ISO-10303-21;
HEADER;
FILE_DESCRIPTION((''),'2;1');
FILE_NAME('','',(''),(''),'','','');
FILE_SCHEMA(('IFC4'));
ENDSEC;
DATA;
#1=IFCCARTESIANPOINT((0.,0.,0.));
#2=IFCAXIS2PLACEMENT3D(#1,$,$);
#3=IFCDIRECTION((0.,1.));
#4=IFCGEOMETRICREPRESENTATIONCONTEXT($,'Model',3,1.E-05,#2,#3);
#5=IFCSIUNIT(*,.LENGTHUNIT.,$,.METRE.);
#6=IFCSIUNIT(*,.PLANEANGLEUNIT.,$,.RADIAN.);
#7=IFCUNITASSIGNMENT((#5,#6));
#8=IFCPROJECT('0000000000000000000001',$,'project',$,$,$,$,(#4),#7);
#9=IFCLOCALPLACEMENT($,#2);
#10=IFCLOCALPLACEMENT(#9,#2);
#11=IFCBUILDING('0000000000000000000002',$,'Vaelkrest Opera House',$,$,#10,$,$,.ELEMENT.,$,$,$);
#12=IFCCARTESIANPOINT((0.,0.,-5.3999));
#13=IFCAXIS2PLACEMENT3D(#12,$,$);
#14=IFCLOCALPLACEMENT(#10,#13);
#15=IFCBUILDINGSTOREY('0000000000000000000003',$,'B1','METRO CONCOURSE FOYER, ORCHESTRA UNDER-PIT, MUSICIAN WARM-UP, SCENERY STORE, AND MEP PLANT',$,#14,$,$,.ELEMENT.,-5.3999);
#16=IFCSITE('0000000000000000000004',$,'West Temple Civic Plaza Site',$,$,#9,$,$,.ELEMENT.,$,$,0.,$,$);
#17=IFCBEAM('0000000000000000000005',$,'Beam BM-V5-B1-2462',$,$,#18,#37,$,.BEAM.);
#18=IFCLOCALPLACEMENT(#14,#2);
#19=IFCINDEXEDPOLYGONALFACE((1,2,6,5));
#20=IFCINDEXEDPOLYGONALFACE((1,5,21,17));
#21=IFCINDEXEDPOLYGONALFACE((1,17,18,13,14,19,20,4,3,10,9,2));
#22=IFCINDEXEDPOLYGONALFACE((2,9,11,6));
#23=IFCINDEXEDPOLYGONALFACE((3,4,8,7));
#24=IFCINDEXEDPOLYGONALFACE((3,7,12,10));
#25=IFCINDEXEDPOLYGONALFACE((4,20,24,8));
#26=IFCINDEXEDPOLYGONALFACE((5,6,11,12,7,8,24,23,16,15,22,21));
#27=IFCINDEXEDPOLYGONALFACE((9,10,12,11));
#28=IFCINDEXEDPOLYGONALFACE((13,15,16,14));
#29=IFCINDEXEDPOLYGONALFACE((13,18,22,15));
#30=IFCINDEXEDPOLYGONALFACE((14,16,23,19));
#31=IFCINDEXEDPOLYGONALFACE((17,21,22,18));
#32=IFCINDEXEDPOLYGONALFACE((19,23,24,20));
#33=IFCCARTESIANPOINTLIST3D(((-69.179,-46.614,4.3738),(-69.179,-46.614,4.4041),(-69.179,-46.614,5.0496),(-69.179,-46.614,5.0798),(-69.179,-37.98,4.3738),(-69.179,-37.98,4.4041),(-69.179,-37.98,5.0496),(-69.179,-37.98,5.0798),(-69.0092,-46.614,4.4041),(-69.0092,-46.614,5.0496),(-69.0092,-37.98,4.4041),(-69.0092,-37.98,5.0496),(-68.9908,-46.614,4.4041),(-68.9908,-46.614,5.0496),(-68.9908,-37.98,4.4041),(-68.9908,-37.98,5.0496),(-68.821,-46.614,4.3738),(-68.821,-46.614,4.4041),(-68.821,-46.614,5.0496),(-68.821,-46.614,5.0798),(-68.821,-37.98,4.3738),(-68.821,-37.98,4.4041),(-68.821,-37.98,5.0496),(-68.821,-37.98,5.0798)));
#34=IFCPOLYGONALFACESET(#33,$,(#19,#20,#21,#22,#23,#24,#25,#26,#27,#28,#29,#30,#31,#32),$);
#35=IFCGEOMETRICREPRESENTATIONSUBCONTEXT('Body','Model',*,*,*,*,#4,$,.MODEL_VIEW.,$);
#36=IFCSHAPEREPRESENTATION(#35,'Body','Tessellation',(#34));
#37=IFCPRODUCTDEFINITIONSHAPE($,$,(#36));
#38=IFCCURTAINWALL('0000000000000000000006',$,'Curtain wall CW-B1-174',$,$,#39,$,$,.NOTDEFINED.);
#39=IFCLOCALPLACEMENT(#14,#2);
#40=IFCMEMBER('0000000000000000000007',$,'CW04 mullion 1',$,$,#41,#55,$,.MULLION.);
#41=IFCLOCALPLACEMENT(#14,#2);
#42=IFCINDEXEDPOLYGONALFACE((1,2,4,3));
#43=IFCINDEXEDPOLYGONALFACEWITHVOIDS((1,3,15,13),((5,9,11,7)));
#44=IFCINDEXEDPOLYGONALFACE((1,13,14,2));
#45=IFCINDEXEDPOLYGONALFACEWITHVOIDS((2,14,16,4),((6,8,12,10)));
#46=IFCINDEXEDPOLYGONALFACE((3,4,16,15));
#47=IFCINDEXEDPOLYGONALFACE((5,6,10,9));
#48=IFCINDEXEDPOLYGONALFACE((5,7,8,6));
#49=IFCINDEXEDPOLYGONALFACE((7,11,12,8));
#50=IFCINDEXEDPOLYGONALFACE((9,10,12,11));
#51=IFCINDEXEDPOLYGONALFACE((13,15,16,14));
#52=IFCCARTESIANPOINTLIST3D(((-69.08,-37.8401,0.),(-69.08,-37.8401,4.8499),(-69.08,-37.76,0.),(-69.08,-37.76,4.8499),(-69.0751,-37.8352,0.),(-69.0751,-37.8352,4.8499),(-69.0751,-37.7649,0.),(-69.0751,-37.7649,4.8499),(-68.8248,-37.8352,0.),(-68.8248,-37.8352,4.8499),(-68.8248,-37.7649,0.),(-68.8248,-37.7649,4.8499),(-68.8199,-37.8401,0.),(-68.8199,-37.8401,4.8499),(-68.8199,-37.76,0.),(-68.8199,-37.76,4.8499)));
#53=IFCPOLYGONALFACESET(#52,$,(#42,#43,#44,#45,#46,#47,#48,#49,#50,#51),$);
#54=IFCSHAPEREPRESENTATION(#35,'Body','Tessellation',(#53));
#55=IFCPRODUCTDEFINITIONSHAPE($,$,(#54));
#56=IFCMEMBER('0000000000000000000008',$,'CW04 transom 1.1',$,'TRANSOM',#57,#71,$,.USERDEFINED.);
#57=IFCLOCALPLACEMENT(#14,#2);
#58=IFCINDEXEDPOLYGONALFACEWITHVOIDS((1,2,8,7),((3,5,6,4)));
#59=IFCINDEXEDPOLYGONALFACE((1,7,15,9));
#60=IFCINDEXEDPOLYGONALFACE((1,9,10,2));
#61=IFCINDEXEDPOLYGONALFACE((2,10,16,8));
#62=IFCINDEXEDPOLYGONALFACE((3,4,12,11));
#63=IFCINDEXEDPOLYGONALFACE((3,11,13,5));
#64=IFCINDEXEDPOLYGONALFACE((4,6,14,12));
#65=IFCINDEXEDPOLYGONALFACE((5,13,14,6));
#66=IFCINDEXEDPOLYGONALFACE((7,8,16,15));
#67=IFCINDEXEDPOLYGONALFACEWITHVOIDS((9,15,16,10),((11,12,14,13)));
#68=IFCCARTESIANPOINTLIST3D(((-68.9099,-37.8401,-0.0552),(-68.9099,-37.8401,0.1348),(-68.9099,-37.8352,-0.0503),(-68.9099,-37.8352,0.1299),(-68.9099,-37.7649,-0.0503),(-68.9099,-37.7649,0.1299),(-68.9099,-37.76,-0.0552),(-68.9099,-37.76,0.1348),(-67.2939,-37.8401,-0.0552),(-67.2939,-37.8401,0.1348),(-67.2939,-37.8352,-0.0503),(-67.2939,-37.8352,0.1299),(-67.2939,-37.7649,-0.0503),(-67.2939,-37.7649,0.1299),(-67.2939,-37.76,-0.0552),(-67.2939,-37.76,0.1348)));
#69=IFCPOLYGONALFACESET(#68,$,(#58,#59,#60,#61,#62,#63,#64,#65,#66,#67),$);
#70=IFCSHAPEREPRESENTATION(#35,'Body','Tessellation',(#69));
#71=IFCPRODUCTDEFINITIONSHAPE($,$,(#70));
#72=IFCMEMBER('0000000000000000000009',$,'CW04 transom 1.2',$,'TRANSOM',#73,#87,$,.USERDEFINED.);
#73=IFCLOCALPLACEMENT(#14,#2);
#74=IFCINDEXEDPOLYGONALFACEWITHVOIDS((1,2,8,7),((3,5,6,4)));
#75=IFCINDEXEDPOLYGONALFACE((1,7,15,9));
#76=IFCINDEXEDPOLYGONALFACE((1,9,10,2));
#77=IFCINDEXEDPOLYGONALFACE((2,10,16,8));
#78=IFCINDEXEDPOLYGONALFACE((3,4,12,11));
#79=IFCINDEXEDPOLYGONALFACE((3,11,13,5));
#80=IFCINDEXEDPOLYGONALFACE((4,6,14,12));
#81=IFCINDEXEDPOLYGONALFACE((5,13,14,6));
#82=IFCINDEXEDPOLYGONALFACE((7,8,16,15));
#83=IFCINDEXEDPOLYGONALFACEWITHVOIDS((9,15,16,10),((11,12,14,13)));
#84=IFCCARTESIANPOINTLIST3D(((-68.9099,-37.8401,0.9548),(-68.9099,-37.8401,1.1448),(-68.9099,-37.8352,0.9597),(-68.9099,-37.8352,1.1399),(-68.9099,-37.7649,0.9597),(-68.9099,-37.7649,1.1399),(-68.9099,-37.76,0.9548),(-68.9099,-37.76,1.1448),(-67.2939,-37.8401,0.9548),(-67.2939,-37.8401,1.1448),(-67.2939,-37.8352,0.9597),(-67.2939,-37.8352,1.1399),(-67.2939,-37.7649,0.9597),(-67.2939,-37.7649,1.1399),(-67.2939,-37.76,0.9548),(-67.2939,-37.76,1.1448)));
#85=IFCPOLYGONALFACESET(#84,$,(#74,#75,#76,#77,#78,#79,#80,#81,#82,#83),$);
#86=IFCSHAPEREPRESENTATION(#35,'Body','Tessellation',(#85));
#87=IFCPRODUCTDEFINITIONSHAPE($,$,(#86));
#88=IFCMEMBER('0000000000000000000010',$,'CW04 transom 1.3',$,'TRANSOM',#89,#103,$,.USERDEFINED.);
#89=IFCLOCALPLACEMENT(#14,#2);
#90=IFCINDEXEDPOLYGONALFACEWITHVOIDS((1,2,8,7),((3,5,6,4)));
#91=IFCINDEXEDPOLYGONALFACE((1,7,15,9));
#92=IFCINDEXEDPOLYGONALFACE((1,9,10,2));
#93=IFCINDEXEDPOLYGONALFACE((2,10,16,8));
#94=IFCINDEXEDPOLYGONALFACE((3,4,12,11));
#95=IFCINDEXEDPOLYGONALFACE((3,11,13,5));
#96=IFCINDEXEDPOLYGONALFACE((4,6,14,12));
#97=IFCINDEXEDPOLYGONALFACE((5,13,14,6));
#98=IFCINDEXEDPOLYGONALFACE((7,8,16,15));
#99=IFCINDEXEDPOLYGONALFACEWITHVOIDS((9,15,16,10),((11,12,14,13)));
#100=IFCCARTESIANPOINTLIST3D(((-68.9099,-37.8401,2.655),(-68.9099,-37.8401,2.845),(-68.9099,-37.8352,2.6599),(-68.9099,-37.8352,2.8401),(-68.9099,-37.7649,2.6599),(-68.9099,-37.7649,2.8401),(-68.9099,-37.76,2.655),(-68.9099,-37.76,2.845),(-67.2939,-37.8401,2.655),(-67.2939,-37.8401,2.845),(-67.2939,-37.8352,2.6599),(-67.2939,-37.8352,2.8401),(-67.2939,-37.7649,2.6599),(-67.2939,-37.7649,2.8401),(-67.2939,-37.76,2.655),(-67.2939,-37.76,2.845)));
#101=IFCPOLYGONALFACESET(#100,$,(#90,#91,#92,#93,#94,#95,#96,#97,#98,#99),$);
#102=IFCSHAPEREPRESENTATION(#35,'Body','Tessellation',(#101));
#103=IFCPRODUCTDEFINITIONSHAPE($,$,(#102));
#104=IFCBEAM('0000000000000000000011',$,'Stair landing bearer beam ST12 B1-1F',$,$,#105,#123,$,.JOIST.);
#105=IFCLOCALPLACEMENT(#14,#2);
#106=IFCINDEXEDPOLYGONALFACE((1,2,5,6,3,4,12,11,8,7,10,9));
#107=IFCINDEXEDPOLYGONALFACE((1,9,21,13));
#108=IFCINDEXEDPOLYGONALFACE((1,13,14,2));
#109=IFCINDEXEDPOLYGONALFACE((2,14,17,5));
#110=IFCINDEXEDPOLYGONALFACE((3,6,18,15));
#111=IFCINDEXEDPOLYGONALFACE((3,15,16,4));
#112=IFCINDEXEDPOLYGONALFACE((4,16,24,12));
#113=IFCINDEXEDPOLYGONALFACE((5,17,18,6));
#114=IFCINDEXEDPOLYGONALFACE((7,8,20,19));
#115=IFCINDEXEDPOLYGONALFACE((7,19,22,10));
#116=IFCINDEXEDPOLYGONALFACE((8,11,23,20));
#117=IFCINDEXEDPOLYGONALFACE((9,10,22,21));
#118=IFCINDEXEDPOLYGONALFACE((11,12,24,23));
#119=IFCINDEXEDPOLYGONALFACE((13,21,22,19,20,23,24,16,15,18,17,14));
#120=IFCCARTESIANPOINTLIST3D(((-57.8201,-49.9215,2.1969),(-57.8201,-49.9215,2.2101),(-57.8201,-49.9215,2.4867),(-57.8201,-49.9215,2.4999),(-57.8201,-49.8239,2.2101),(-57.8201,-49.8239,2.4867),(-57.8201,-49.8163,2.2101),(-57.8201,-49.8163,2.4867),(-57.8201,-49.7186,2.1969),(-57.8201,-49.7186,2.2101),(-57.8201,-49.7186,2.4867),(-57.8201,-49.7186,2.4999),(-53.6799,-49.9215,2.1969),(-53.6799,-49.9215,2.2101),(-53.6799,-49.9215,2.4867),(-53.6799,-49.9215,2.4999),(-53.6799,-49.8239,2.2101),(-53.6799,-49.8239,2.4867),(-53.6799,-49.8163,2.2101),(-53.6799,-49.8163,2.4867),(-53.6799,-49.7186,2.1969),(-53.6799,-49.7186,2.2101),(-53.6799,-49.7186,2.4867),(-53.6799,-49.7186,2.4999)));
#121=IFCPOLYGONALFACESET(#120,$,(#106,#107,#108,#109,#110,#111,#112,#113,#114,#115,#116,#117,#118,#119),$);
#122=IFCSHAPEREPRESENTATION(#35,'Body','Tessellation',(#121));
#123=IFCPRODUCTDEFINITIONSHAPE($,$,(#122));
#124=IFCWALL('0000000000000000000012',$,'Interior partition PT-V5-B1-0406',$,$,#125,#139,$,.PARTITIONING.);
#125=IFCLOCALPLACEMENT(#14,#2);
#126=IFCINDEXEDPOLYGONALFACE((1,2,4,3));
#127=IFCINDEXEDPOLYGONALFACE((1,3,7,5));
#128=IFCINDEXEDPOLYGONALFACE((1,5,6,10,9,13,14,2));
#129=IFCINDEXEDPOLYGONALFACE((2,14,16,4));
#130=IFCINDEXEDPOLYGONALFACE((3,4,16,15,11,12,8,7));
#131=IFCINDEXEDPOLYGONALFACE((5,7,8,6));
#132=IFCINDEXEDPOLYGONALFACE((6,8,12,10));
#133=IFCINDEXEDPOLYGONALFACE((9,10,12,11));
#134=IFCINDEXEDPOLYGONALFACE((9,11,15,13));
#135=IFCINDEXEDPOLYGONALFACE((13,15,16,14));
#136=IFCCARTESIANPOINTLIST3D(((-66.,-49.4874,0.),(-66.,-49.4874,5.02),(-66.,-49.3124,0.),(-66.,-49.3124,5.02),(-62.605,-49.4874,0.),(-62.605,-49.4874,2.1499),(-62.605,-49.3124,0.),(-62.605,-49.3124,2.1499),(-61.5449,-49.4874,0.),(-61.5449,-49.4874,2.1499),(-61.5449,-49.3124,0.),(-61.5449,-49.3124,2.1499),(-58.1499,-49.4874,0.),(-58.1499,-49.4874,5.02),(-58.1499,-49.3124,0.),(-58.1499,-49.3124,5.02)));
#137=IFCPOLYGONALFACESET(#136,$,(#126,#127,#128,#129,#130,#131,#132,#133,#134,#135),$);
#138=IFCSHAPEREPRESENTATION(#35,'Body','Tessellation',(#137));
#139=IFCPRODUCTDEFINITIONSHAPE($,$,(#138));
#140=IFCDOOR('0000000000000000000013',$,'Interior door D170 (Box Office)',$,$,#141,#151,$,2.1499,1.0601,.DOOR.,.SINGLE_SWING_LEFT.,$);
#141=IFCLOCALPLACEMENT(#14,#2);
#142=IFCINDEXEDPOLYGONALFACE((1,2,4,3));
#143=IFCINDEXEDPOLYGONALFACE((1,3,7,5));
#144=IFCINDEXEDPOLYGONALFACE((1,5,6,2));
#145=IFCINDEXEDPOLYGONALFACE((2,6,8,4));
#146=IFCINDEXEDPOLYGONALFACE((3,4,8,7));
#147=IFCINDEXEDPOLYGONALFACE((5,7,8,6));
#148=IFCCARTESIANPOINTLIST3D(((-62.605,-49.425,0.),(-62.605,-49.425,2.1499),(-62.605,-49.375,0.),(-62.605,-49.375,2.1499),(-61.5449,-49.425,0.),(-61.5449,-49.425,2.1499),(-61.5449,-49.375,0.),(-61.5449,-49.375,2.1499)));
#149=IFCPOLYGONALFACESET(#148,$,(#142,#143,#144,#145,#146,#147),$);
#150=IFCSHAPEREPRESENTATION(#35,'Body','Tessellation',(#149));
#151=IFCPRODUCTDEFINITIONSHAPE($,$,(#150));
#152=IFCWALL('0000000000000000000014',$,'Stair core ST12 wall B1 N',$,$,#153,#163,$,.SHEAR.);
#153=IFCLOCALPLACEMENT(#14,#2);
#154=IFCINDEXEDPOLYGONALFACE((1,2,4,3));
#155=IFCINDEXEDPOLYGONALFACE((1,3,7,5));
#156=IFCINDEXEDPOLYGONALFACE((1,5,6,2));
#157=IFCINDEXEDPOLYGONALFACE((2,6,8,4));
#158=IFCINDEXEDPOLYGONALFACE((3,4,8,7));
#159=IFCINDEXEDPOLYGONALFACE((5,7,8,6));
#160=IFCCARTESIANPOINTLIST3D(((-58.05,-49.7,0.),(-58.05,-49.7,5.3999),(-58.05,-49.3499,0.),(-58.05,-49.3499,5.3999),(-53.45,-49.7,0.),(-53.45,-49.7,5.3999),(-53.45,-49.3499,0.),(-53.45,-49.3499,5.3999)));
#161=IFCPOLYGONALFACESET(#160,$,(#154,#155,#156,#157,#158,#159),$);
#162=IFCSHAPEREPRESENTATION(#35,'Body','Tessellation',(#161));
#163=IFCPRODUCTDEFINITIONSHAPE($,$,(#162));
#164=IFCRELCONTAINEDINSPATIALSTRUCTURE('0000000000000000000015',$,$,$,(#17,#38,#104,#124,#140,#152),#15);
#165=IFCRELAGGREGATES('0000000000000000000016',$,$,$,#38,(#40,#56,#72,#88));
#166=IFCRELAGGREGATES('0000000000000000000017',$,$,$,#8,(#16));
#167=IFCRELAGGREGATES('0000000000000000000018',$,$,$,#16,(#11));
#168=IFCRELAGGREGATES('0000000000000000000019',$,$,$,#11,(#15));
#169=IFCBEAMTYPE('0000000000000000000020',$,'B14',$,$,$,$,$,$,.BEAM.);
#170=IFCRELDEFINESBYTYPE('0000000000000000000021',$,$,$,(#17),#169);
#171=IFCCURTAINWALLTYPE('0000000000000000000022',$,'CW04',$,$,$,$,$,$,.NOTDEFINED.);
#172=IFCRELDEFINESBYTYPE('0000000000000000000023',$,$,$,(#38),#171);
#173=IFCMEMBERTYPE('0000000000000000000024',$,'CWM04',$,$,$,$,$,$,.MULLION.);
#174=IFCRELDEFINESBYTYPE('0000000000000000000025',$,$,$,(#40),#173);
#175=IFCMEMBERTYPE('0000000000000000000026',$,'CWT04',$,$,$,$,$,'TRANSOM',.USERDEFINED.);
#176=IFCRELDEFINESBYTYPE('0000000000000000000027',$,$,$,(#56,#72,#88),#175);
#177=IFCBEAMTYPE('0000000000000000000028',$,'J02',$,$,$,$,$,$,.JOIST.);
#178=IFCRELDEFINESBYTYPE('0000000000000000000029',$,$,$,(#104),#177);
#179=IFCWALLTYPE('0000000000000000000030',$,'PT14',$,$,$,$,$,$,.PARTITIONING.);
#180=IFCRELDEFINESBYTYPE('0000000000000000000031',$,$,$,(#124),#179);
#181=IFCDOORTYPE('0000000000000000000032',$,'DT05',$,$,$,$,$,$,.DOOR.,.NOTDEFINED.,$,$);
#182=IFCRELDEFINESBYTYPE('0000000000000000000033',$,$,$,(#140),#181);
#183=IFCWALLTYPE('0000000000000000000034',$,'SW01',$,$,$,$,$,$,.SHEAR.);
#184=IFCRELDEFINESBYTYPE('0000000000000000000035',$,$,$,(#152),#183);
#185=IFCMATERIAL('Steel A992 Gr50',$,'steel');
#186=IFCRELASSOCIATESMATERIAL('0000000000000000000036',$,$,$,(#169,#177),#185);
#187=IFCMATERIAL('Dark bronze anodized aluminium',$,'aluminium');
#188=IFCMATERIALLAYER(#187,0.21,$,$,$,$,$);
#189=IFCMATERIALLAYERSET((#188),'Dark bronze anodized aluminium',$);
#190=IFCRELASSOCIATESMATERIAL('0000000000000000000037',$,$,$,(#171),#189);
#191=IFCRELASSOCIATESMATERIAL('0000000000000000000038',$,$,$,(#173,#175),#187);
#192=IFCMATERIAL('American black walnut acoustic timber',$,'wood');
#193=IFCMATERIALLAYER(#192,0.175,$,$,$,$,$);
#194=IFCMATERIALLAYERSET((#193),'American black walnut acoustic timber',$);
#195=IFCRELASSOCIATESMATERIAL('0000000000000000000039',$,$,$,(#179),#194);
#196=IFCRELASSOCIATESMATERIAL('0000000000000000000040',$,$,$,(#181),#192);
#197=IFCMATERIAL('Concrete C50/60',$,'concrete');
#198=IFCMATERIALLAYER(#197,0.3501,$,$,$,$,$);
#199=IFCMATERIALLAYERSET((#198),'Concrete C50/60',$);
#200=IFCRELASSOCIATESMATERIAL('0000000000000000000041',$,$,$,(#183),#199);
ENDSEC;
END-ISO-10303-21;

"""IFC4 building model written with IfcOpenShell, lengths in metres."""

from ifc_helpers import new_model, si_unit, direction, frame, frame_2d, origin, origin_2d, place, context, subcontext, project, spatial, rectangle, hollow_rectangle, i_section, extrude, material, layer, layer_set, material_profile, profile_set, type_object, element, fill, aggregate, save


model = new_model("IFC4")

# Units and contexts
model_context = context("Model", 3, precision=1e-05, world=origin(), true_north=direction((0.0, 1.0)))
body_context = subcontext(model_context, "Body", "Model", "MODEL_VIEW")
ifc_project = project(units=[si_unit("LENGTHUNIT", "METRE"), si_unit("PLANEANGLEUNIT", "RADIAN")], contexts=[model_context])

# Site, building, storey
site_placement = place(None, origin())
site = spatial("IfcSite", under=ifc_project, at=site_placement, Name="West Temple Civic Plaza Site", CompositionType="ELEMENT", RefElevation=0.0)
building_placement = place(site_placement, origin())
building = spatial("IfcBuilding", under=site, at=building_placement, Name="Vaelkrest Opera House", CompositionType="ELEMENT")
storey_placement = place(building_placement, frame((0.0, 0.0, -5.3999)))
storey = spatial("IfcBuildingStorey", under=building, at=storey_placement, Name="B1", Description="METRO CONCOURSE FOYER, ORCHESTRA UNDER-PIT, MUSICIAN WARM-UP, SCENERY STORE, AND MEP PLANT", CompositionType="ELEMENT", Elevation=-5.3999)

# Shared definitions
ifc_material_1 = material(Name="Steel A992 Gr50", Category="steel")

# Beam
ifc_material_2 = material(Name="Concrete C50/60", Category="concrete")
ifc_material_profile_1 = material_profile(ifc_material_1, i_section(OverallWidth=0.3579, OverallDepth=0.7061, WebThickness=0.0183, FlangeThickness=0.0303, at=origin_2d()), Name="W27X178")
ifc_profile_set_1 = profile_set([ifc_material_profile_1], Name="Steel A992 Gr50")
beam_type_1 = type_object("IfcBeamType", Name="B14", PredefinedType="BEAM", material=ifc_profile_set_1)
beam_1_placement = place(storey_placement, frame((-69.0, -46.614, 4.7268), z_axis=(0.0, 1.0, 0.0), x_axis=(-1.0, 0.0, 0.0)))
element("IfcBeam", 1, at=beam_1_placement, inside=storey, type_object=beam_type_1, Name="Beam BM-V5-B1-2462", PredefinedType="BEAM", context=body_context, shape_type="SweptSolid", body=[
    extrude(i_section(OverallWidth=0.3579, OverallDepth=0.7061, WebThickness=0.0183, FlangeThickness=0.0303, at=origin_2d()), origin(), (0.0, 0.0, 1.0), 8.634),
])

# Curtain wall, members
ifc_material_3 = material(Name="Dark bronze anodized aluminium", Category="aluminium")
ifc_layer_1 = layer(ifc_material_3, 0.21)
ifc_layer_set_1 = layer_set([ifc_layer_1], Name="Dark bronze anodized aluminium")
curtain_wall_type = type_object("IfcCurtainWallType", Name="CW04", PredefinedType="NOTDEFINED", material=ifc_layer_set_1)
curtain_wall_placement = place(storey_placement, origin())
curtain_wall = element("IfcCurtainWall", 2, at=curtain_wall_placement, inside=storey, type_object=curtain_wall_type, Name="Curtain wall CW-B1-174", PredefinedType="NOTDEFINED")
ifc_material_profile_2 = material_profile(ifc_material_3, hollow_rectangle(XDim=0.0801, YDim=0.26, WallThickness=0.0049, at=origin_2d()), Name="CWM80X260")
ifc_profile_set_2 = profile_set([ifc_material_profile_2], Name="Dark bronze anodized aluminium")
member_type_1 = type_object("IfcMemberType", Name="CWM04", PredefinedType="MULLION", material=ifc_profile_set_2)
member_1_placement = place(storey_placement, frame((-68.95, -37.8, 0.0), z_axis=(0.0, 0.0, 1.0), x_axis=(0.0, 1.0, 0.0)))
member_1 = element("IfcMember", 3, at=member_1_placement, type_object=member_type_1, Name="CW04 mullion 1", PredefinedType="MULLION", context=body_context, shape_type="SweptSolid", body=[
    extrude(hollow_rectangle(XDim=0.0801, YDim=0.26, WallThickness=0.0049, at=origin_2d()), origin(), (0.0, 0.0, 1.0), 4.8499),
])
ifc_material_profile_3 = material_profile(ifc_material_3, hollow_rectangle(XDim=0.0801, YDim=0.1899, WallThickness=0.0049, at=origin_2d()), Name="CWT80X190")
ifc_profile_set_3 = profile_set([ifc_material_profile_3], Name="Dark bronze anodized aluminium")
member_type_2 = type_object("IfcMemberType", Name="CWT04", ElementType="TRANSOM", PredefinedType="USERDEFINED", material=ifc_profile_set_3)
member_2_placement = place(storey_placement, frame((-68.9099, -37.8, 0.0398), z_axis=(1.0, 0.0, 0.0), x_axis=(0.0, 1.0, 0.0)))
member_2 = element("IfcMember", 4, at=member_2_placement, type_object=member_type_2, Name="CW04 transom 1.1", ObjectType="TRANSOM", PredefinedType="USERDEFINED", context=body_context, shape_type="SweptSolid", body=[
    extrude(hollow_rectangle(XDim=0.0801, YDim=0.1899, WallThickness=0.0049, at=origin_2d()), origin(), (0.0, 0.0, 1.0), 1.616),
])
member_3_placement = place(storey_placement, frame((-68.9099, -37.8, 1.0498), z_axis=(1.0, 0.0, 0.0), x_axis=(0.0, 1.0, 0.0)))
member_3 = element("IfcMember", 5, at=member_3_placement, type_object=member_type_2, Name="CW04 transom 1.2", ObjectType="TRANSOM", PredefinedType="USERDEFINED", context=body_context, shape_type="SweptSolid", body=[
    extrude(hollow_rectangle(XDim=0.0801, YDim=0.1899, WallThickness=0.0049, at=origin_2d()), origin(), (0.0, 0.0, 1.0), 1.616),
])
member_4_placement = place(storey_placement, frame((-68.9099, -37.8, 2.75), z_axis=(1.0, 0.0, 0.0), x_axis=(0.0, 1.0, 0.0)))
member_4 = element("IfcMember", 6, at=member_4_placement, type_object=member_type_2, Name="CW04 transom 1.3", ObjectType="TRANSOM", PredefinedType="USERDEFINED", context=body_context, shape_type="SweptSolid", body=[
    extrude(hollow_rectangle(XDim=0.0801, YDim=0.1899, WallThickness=0.0049, at=origin_2d()), origin(), (0.0, 0.0, 1.0), 1.616),
])
aggregate(curtain_wall, [member_1, member_2, member_3, member_4])

# Beam
ifc_material_profile_4 = material_profile(ifc_material_1, i_section(OverallWidth=0.2029, OverallDepth=0.303, WebThickness=0.0076, FlangeThickness=0.0132, at=origin_2d()), Name="W12X40")
ifc_profile_set_4 = profile_set([ifc_material_profile_4], Name="Steel A992 Gr50")
beam_type_2 = type_object("IfcBeamType", Name="J02", PredefinedType="JOIST", material=ifc_profile_set_4)
beam_2_placement = place(storey_placement, frame((-57.8201, -49.8201, 2.3484), z_axis=(1.0, 0.0, 0.0), x_axis=(0.0, 1.0, 0.0)))
element("IfcBeam", 7, at=beam_2_placement, inside=storey, type_object=beam_type_2, Name="Stair landing bearer beam ST12 B1-1F", PredefinedType="JOIST", context=body_context, shape_type="SweptSolid", body=[
    extrude(i_section(OverallWidth=0.2029, OverallDepth=0.303, WebThickness=0.0076, FlangeThickness=0.0132, at=origin_2d()), origin(), (0.0, 0.0, 1.0), 4.1401),
])

# Wall, opening, door
ifc_material_4 = material(Name="American black walnut acoustic timber", Category="wood")
ifc_layer_2 = layer(ifc_material_4, 0.175)
ifc_layer_set_2 = layer_set([ifc_layer_2], Name="American black walnut acoustic timber")
wall_type_1 = type_object("IfcWallType", Name="PT14", PredefinedType="PARTITIONING", material=ifc_layer_set_2)
wall_1_placement = place(storey_placement, frame((-66.0, -49.3999, 0.0), z_axis=(0.0, 0.0, 1.0), x_axis=(1.0, 0.0, 0.0)))
wall_1 = element("IfcWall", 8, at=wall_1_placement, inside=storey, type_object=wall_type_1, Name="Interior partition PT-V5-B1-0406", PredefinedType="PARTITIONING", context=body_context, shape_type="SweptSolid", body=[
    extrude(rectangle(XDim=7.8501, YDim=0.175, at=frame_2d((3.925, 0.0))), origin(), (0.0, 0.0, 1.0), 5.02),
])
opening_placement = place(wall_1_placement, frame((3.395, 0.0, 0.0)))
opening = element("IfcOpeningElement", 9, at=opening_placement, cuts=wall_1, PredefinedType="OPENING", context=body_context, shape_type="SweptSolid", body=[
    extrude(rectangle(XDim=1.0601, YDim=2.1499, at=frame_2d((0.53, 1.075))), frame((0.0, 0.0974, 0.0), z_axis=(0.0, -1.0, 0.0), x_axis=(1.0, 0.0, 0.0)), (0.0, 0.0, 1.0), 0.1951),
])
door_type = type_object("IfcDoorType", Name="DT05", OperationType="NOTDEFINED", PredefinedType="DOOR", material=ifc_material_4)
door_placement = place(opening_placement, origin())
door = element("IfcDoor", 10, at=door_placement, inside=storey, type_object=door_type, Name="Interior door D170 (Box Office)", OperationType="SINGLE_SWING_LEFT", OverallHeight=2.1499, OverallWidth=1.0601, PredefinedType="DOOR", context=body_context, shape_type="SweptSolid", body=[
    extrude(rectangle(XDim=1.0601, YDim=2.1499, at=frame_2d((0.53, 1.075))), frame((0.0, 0.0249, 0.0), z_axis=(0.0, -1.0, 0.0), x_axis=(1.0, 0.0, 0.0)), (0.0, 0.0, 1.0), 0.05),
])
fill(opening, door)

# Wall
ifc_layer_3 = layer(ifc_material_2, 0.3501)
ifc_layer_set_3 = layer_set([ifc_layer_3], Name="Concrete C50/60")
wall_type_2 = type_object("IfcWallType", Name="SW01", PredefinedType="SHEAR", material=ifc_layer_set_3)
wall_2_placement = place(storey_placement, frame((-58.05, -49.5249, 0.0), z_axis=(0.0, 0.0, 1.0), x_axis=(1.0, 0.0, 0.0)))
element("IfcWall", 11, at=wall_2_placement, inside=storey, type_object=wall_type_2, Name="Stair core ST12 wall B1 N", PredefinedType="SHEAR", context=body_context, shape_type="SweptSolid", body=[
    extrude(rectangle(XDim=4.6001, YDim=0.3501, at=frame_2d((2.3, 0.0))), origin(), (0.0, 0.0, 1.0), 5.3999),
])

save(model, "model.ifc")
